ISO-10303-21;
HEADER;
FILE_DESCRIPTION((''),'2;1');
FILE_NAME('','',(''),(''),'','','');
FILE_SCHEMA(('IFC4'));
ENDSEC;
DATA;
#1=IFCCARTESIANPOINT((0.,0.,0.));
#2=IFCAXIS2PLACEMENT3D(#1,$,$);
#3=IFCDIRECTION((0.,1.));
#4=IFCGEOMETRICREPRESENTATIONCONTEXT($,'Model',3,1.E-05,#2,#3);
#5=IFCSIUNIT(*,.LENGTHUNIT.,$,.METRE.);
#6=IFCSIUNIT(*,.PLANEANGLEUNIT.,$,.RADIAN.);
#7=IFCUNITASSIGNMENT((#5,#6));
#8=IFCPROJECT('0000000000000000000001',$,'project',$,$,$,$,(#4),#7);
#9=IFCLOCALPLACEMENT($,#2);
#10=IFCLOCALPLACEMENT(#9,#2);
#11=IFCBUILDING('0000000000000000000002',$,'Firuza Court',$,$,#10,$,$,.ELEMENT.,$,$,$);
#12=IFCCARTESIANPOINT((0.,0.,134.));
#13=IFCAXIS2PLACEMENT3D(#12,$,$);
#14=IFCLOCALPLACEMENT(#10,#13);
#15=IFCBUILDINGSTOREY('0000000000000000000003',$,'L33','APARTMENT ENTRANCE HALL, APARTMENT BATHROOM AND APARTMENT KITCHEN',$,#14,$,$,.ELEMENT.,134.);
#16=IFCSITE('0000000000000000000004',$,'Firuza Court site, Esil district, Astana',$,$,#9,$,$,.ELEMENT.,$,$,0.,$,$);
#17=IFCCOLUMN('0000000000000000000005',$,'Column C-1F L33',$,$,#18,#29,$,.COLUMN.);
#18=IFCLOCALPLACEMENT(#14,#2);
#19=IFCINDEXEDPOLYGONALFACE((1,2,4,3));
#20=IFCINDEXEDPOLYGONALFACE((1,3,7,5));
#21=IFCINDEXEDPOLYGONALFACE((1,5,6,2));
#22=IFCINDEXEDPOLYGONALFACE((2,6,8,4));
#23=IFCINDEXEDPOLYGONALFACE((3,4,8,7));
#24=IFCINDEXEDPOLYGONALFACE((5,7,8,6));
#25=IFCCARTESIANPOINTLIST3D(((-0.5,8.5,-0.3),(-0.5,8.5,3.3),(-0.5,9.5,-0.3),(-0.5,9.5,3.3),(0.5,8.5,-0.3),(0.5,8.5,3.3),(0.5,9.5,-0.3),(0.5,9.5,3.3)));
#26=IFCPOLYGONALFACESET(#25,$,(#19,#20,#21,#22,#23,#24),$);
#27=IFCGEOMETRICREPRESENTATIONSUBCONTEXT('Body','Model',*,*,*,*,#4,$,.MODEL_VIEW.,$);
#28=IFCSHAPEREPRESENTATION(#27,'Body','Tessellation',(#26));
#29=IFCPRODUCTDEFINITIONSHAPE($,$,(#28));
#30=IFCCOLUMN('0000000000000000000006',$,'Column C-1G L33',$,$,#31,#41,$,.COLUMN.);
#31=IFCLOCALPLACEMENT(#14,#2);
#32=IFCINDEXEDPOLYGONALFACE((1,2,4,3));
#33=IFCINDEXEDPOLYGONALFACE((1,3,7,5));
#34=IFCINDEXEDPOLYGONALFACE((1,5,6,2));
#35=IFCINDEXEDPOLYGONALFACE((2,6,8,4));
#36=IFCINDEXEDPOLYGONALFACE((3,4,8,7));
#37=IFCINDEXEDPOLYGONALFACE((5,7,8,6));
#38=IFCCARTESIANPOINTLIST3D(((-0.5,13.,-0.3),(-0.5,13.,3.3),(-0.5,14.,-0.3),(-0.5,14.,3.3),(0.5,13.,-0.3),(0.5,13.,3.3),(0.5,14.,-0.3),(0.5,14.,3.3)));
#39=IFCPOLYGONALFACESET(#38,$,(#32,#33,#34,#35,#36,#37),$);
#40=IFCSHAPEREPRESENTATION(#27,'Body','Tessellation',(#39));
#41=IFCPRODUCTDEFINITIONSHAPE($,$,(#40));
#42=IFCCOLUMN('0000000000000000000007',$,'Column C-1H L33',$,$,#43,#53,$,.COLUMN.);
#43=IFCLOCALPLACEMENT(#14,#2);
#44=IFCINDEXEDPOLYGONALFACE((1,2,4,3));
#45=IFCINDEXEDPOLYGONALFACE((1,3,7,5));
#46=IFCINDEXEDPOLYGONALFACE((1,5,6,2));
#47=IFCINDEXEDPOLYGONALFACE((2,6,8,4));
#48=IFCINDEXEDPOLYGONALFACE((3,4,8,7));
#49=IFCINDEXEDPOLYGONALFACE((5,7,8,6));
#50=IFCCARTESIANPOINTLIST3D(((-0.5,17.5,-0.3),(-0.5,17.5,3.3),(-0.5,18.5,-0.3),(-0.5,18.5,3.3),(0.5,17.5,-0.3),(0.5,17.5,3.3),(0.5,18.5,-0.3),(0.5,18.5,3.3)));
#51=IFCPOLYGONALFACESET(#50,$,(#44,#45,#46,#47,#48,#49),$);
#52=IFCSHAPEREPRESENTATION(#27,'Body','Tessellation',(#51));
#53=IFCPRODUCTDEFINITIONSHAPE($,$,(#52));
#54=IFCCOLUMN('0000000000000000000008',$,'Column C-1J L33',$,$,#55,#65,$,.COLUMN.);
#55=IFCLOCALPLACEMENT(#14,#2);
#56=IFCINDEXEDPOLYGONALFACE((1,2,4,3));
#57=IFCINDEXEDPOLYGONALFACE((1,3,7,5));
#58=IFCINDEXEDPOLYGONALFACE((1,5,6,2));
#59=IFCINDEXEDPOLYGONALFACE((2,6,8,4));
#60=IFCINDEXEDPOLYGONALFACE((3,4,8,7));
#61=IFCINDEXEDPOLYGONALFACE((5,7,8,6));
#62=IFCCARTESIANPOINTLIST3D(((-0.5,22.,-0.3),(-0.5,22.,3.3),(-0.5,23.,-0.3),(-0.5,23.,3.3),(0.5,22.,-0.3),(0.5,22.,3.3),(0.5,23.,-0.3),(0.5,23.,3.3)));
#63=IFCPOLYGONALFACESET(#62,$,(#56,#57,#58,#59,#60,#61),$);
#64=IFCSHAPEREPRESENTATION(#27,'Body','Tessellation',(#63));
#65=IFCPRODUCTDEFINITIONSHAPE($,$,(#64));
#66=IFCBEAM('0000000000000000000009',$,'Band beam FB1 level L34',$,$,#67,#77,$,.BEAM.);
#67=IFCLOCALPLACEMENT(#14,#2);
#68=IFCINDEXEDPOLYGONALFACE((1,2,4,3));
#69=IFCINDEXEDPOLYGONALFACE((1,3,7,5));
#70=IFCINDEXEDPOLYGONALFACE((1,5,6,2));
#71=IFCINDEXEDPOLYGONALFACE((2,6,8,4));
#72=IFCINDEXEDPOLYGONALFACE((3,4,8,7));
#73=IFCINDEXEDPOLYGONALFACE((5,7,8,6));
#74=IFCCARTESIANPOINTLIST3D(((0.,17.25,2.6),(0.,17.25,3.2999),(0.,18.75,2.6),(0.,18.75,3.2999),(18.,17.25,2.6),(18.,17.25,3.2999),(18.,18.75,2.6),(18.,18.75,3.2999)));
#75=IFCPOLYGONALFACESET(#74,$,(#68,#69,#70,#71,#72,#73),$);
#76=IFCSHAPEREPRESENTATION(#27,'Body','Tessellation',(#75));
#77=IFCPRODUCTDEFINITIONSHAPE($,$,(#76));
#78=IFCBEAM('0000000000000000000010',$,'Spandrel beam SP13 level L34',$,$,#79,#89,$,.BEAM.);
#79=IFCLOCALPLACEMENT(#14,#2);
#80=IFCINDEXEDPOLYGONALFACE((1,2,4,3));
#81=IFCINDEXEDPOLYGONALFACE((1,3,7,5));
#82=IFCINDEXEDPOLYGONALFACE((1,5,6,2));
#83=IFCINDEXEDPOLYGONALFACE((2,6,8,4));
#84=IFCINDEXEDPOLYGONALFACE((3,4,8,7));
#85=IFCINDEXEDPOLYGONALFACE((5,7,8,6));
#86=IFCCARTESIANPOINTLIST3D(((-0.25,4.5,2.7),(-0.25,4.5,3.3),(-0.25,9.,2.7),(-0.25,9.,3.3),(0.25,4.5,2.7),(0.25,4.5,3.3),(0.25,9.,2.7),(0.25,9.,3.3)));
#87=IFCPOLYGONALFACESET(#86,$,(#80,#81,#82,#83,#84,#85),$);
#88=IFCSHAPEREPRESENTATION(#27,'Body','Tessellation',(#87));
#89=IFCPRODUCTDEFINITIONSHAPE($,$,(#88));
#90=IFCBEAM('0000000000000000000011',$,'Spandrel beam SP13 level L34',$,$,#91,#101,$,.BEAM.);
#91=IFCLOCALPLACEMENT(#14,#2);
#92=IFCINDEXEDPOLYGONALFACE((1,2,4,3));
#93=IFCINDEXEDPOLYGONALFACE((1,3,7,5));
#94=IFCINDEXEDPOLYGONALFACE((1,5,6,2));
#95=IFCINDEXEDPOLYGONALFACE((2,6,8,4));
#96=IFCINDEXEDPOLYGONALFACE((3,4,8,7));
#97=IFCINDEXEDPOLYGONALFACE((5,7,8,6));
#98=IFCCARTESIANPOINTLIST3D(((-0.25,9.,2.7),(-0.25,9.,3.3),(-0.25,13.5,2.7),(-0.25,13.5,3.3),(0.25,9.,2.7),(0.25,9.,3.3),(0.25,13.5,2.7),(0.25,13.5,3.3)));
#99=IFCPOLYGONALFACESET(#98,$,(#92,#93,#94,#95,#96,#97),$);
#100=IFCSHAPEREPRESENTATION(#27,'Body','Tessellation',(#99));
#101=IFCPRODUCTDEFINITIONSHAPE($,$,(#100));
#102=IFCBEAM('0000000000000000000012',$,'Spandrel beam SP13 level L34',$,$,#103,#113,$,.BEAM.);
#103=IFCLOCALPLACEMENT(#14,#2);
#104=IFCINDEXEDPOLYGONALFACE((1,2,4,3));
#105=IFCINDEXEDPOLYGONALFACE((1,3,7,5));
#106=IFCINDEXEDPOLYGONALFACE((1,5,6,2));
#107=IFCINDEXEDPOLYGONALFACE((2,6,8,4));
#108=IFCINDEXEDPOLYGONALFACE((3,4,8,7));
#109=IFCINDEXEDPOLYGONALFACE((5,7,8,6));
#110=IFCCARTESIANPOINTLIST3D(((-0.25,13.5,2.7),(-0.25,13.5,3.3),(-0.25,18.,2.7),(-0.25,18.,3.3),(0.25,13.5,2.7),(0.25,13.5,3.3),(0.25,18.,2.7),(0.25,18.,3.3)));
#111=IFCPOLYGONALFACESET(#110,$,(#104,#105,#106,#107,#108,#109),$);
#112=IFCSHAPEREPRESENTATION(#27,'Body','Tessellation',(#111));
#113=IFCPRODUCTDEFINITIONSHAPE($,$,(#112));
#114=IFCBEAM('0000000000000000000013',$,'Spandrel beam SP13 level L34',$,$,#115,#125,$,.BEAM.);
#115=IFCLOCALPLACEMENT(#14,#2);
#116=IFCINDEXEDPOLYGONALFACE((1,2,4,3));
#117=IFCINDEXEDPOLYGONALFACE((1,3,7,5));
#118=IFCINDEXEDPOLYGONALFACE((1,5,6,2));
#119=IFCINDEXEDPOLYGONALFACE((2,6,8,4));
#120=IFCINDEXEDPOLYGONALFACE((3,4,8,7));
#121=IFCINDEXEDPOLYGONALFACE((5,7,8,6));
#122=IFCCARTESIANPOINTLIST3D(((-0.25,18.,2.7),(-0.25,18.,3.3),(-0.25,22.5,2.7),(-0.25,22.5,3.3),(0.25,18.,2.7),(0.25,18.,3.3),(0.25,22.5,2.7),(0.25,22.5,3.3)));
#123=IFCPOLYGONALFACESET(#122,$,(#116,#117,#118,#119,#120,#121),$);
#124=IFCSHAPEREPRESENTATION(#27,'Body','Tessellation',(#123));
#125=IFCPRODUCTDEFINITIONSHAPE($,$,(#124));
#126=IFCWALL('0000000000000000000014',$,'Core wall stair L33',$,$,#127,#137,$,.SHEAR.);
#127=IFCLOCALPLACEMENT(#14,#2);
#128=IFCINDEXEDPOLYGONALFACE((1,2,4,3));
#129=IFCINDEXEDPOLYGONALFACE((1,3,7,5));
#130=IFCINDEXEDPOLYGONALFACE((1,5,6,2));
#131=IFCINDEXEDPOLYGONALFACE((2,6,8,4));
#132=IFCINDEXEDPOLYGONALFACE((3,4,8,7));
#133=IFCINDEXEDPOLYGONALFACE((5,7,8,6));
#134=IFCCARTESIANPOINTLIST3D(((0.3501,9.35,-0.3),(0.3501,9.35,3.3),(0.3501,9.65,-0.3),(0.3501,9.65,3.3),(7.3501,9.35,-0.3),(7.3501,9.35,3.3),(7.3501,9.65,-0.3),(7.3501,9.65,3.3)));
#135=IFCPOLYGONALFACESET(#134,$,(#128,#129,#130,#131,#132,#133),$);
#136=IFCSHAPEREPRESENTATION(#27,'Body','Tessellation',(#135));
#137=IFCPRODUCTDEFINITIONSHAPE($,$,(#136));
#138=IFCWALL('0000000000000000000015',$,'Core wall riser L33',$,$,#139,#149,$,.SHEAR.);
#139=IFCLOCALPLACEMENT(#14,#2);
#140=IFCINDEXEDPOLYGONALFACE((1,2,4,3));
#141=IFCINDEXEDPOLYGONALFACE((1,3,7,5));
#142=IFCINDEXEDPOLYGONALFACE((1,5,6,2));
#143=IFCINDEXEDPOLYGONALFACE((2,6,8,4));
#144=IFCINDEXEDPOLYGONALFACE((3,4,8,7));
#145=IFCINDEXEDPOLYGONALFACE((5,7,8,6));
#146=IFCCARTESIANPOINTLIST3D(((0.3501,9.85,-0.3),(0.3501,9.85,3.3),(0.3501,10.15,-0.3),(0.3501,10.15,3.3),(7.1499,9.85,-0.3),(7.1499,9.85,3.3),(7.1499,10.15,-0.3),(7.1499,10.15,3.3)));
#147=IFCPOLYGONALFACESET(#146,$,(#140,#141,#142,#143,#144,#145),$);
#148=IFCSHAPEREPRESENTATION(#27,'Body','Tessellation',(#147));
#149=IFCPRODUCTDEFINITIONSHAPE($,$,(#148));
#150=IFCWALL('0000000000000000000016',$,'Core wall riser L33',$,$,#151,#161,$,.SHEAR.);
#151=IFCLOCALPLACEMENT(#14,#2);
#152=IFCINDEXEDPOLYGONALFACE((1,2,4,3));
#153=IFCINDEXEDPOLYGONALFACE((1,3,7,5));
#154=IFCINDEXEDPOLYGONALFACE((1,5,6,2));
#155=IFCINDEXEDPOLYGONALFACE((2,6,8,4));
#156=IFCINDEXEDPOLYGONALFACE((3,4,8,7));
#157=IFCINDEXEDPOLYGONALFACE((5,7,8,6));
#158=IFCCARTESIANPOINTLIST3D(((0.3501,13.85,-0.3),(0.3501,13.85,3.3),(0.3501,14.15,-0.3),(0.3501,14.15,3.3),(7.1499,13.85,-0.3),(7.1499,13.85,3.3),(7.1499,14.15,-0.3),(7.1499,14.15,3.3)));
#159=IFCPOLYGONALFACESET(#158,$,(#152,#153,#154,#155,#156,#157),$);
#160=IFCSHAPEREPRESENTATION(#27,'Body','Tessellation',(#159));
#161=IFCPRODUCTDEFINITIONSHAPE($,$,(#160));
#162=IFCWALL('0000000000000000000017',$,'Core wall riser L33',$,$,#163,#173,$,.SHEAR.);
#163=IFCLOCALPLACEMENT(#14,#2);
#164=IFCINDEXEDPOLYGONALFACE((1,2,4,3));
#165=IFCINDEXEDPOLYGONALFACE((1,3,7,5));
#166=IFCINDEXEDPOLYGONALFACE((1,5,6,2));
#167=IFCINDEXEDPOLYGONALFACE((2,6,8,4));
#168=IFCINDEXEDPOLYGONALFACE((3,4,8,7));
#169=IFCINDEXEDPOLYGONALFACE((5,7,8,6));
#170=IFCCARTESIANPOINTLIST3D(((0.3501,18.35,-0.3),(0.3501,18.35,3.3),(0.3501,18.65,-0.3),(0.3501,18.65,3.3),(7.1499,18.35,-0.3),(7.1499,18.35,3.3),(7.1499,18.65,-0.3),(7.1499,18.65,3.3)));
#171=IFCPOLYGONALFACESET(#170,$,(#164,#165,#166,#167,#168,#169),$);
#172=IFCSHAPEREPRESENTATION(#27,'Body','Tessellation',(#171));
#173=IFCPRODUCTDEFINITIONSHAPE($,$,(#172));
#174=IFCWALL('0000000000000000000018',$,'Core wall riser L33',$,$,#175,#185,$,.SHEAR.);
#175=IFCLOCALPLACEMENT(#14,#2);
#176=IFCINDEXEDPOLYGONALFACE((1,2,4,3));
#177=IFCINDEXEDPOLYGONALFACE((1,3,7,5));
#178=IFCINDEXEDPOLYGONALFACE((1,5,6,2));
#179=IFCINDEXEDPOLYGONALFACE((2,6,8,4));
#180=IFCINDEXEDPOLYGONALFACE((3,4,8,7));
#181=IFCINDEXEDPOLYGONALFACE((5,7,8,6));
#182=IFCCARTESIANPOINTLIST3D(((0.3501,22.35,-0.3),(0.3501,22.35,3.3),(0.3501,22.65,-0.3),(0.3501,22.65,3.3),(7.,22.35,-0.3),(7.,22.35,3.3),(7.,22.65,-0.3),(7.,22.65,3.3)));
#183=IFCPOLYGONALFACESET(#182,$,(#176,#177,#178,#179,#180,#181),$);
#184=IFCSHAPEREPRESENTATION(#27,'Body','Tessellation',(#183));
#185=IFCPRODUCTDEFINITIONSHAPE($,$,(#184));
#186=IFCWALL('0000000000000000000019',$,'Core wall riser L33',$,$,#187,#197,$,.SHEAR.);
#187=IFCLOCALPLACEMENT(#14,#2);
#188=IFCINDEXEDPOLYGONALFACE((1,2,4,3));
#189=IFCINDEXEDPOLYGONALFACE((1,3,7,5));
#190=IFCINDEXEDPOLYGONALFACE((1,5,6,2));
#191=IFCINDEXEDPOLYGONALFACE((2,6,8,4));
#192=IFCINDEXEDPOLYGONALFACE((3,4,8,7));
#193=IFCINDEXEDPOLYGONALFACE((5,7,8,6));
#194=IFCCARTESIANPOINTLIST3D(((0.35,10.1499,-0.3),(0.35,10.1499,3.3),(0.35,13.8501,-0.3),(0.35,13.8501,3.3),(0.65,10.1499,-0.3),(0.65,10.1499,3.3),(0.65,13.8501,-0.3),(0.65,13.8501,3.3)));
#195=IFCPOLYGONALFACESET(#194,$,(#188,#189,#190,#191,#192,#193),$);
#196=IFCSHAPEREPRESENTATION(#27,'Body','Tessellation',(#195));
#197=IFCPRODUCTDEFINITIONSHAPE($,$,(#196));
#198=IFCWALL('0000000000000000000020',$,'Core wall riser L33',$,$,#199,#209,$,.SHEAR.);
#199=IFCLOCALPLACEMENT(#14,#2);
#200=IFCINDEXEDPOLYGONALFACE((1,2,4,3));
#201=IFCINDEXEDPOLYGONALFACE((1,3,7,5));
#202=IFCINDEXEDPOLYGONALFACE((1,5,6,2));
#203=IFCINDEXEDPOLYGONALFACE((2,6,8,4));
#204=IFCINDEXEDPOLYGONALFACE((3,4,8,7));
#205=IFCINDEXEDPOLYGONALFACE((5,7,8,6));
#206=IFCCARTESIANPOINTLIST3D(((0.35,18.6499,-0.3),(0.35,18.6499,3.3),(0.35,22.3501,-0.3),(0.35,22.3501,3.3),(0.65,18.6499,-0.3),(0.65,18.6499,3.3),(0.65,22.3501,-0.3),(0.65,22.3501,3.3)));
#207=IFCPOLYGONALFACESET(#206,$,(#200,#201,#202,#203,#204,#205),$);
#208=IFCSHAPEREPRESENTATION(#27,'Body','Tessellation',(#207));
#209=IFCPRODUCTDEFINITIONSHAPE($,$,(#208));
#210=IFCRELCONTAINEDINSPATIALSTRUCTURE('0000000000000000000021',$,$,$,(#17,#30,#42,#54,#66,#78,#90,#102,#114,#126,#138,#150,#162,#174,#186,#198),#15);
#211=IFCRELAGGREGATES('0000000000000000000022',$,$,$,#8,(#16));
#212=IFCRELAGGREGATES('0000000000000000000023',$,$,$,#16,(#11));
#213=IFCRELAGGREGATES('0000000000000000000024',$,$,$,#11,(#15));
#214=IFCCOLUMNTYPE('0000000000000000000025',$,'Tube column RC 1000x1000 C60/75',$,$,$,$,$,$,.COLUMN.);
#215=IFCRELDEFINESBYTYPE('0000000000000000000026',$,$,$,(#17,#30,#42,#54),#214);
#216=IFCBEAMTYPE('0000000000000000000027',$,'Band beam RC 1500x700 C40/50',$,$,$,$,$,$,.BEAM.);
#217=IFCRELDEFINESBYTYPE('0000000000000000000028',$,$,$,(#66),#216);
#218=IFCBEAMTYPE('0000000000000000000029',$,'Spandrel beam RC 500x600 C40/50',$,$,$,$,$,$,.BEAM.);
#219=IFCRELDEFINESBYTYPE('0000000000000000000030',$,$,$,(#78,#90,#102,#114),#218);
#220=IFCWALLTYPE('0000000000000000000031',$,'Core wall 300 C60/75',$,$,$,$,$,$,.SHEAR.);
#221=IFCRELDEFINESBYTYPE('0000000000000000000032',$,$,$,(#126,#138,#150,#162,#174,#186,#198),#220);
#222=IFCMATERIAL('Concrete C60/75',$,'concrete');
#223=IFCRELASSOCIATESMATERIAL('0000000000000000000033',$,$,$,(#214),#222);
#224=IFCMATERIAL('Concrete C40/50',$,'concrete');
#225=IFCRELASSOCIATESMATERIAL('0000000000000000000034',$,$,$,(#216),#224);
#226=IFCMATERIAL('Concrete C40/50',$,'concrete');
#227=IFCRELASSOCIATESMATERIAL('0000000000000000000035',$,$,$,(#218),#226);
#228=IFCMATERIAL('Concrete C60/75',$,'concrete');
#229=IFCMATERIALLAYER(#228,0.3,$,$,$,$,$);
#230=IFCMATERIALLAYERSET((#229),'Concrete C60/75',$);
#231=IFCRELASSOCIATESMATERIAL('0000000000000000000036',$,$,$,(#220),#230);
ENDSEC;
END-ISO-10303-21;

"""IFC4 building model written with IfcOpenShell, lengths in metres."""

from ifc_helpers import new_model, si_unit, direction, frame, frame_2d, origin, origin_2d, place, context, subcontext, project, spatial, rectangle, extrude, material, layer, layer_set, material_profile, profile_set, type_object, element, save


model = new_model("IFC4")

# Units and contexts
model_context = context("Model", 3, precision=1e-05, world=origin(), true_north=direction((0.0, 1.0)))
body_context = subcontext(model_context, "Body", "Model", "MODEL_VIEW")
ifc_project = project(units=[si_unit("LENGTHUNIT", "METRE"), si_unit("PLANEANGLEUNIT", "RADIAN")], contexts=[model_context])

# Site, building, storey
site_placement = place(None, origin())
site = spatial("IfcSite", under=ifc_project, at=site_placement, Name="Firuza Court site, Esil district, Astana", CompositionType="ELEMENT", RefElevation=0.0)
building_placement = place(site_placement, origin())
building = spatial("IfcBuilding", under=site, at=building_placement, Name="Firuza Court", CompositionType="ELEMENT")
storey_placement = place(building_placement, frame((0.0, 0.0, 134.0)))
storey = spatial("IfcBuildingStorey", under=building, at=storey_placement, Name="L33", Description="APARTMENT ENTRANCE HALL, APARTMENT BATHROOM AND APARTMENT KITCHEN", CompositionType="ELEMENT", Elevation=134.0)

# Columns
ifc_material_1 = material(Name="Concrete C60/75", Category="concrete")
ifc_material_profile_1 = material_profile(ifc_material_1, rectangle(XDim=1.0, YDim=1.0, at=origin_2d()), Name="RC 1000x1000")
ifc_profile_set_1 = profile_set([ifc_material_profile_1], Name="Concrete C60/75")
column_type = type_object("IfcColumnType", Name="Tube column RC 1000x1000 C60/75", PredefinedType="COLUMN", material=ifc_profile_set_1)
for number, where, z_axis, x_axis, name in (
    (1, (0.0, 9.0, -0.3), (0.0, 0.0, 1.0), (1.0, 0.0, 0.0), "Column C-1F L33"),
    (2, (0.0, 13.5, -0.3), (0.0, 0.0, 1.0), (1.0, 0.0, 0.0), "Column C-1G L33"),
    (3, (0.0, 18.0, -0.3), (0.0, 0.0, 1.0), (1.0, 0.0, 0.0), "Column C-1H L33"),
    (4, (0.0, 22.5, -0.3), (0.0, 0.0, 1.0), (1.0, 0.0, 0.0), "Column C-1J L33"),
):
    element("IfcColumn", number, at=place(storey_placement, frame(where, z_axis=z_axis, x_axis=x_axis)), inside=storey, type_object=column_type, Name=name, PredefinedType="COLUMN", context=body_context, shape_type="SweptSolid", body=[
        extrude(rectangle(XDim=1.0, YDim=1.0, at=origin_2d()), origin(), (0.0, 0.0, 1.0), 3.6001),
    ])

# Beams
ifc_material_2 = material(Name="Concrete C40/50", Category="concrete")
ifc_material_profile_2 = material_profile(ifc_material_2, rectangle(XDim=1.5, YDim=0.7, at=origin_2d()), Name="RC 1500x700")
ifc_profile_set_2 = profile_set([ifc_material_profile_2], Name="Concrete C40/50")
beam_type_1 = type_object("IfcBeamType", Name="Band beam RC 1500x700 C40/50", PredefinedType="BEAM", material=ifc_profile_set_2)
beam_placement = place(storey_placement, frame((0.0, 18.0, 2.95), z_axis=(1.0, 0.0, 0.0), x_axis=(0.0, 1.0, 0.0)))
element("IfcBeam", 5, at=beam_placement, inside=storey, type_object=beam_type_1, Name="Band beam FB1 level L34", PredefinedType="BEAM", context=body_context, shape_type="SweptSolid", body=[
    extrude(rectangle(XDim=1.5, YDim=0.7, at=origin_2d()), origin(), (0.0, 0.0, 1.0), 18.0),
])
ifc_material_3 = material(Name="Concrete C40/50", Category="concrete")
ifc_material_profile_3 = material_profile(ifc_material_3, rectangle(XDim=0.5, YDim=0.6001, at=origin_2d()), Name="RC 500x600")
ifc_profile_set_3 = profile_set([ifc_material_profile_3], Name="Concrete C40/50")
beam_type_2 = type_object("IfcBeamType", Name="Spandrel beam RC 500x600 C40/50", PredefinedType="BEAM", material=ifc_profile_set_3)
for number, where, z_axis, x_axis, name in (
    (6, (0.0, 9.0, 3.0), (0.0, -1.0, 0.0), (1.0, 0.0, 0.0), "Spandrel beam SP13 level L34"),
    (7, (0.0, 13.5, 3.0), (0.0, -1.0, 0.0), (1.0, 0.0, 0.0), "Spandrel beam SP13 level L34"),
    (8, (0.0, 18.0, 3.0), (0.0, -1.0, 0.0), (1.0, 0.0, 0.0), "Spandrel beam SP13 level L34"),
    (9, (0.0, 22.5, 3.0), (0.0, -1.0, 0.0), (1.0, 0.0, 0.0), "Spandrel beam SP13 level L34"),
):
    element("IfcBeam", number, at=place(storey_placement, frame(where, z_axis=z_axis, x_axis=x_axis)), inside=storey, type_object=beam_type_2, Name=name, PredefinedType="BEAM", context=body_context, shape_type="SweptSolid", body=[
        extrude(rectangle(XDim=0.5, YDim=0.6001, at=origin_2d()), origin(), (0.0, 0.0, 1.0), 4.5),
    ])

# Walls
ifc_material_4 = material(Name="Concrete C60/75", Category="concrete")
ifc_layer_1 = layer(ifc_material_4, 0.3)
ifc_layer_set_1 = layer_set([ifc_layer_1], Name="Concrete C60/75")
wall_type_1 = type_object("IfcWallType", Name="Core wall 300 C60/75", PredefinedType="SHEAR", material=ifc_layer_set_1)
wall_1_placement = place(storey_placement, frame((0.3501, 9.5, -0.3), z_axis=(0.0, 0.0, 1.0), x_axis=(1.0, 0.0, 0.0)))
element("IfcWall", 10, at=wall_1_placement, inside=storey, type_object=wall_type_1, Name="Core wall stair L33", PredefinedType="SHEAR", context=body_context, shape_type="SweptSolid", body=[
    extrude(rectangle(XDim=7.0, YDim=0.3, at=frame_2d((3.5, 0.0))), origin(), (0.0, 0.0, 1.0), 3.6001),
])
for number, where, z_axis, x_axis, name in (
    (11, (0.3501, 10.0, -0.3), (0.0, 0.0, 1.0), (1.0, 0.0, 0.0), "Core wall riser L33"),
    (12, (0.3501, 14.0, -0.3), (0.0, 0.0, 1.0), (1.0, 0.0, 0.0), "Core wall riser L33"),
    (13, (0.3501, 18.5, -0.3), (0.0, 0.0, 1.0), (1.0, 0.0, 0.0), "Core wall riser L33"),
):
    element("IfcWall", number, at=place(storey_placement, frame(where, z_axis=z_axis, x_axis=x_axis)), inside=storey, type_object=wall_type_1, Name=name, PredefinedType="SHEAR", context=body_context, shape_type="SweptSolid", body=[
        extrude(rectangle(XDim=6.7998, YDim=0.3, at=frame_2d((3.3999, 0.0))), origin(), (0.0, 0.0, 1.0), 3.6001),
    ])
wall_2_placement = place(storey_placement, frame((0.3501, 22.5, -0.3), z_axis=(0.0, 0.0, 1.0), x_axis=(1.0, 0.0, 0.0)))
element("IfcWall", 14, at=wall_2_placement, inside=storey, type_object=wall_type_1, Name="Core wall riser L33", PredefinedType="SHEAR", context=body_context, shape_type="SweptSolid", body=[
    extrude(rectangle(XDim=6.6499, YDim=0.3, at=frame_2d((3.325, 0.0))), origin(), (0.0, 0.0, 1.0), 3.6001),
])
for number, where, z_axis, x_axis, name in (
    (15, (0.5, 10.1499, -0.3), (0.0, 0.0, 1.0), (0.0, 1.0, 0.0), "Core wall riser L33"),
    (16, (0.5, 18.6499, -0.3), (0.0, 0.0, 1.0), (0.0, 1.0, 0.0), "Core wall riser L33"),
):
    element("IfcWall", number, at=place(storey_placement, frame(where, z_axis=z_axis, x_axis=x_axis)), inside=storey, type_object=wall_type_1, Name=name, PredefinedType="SHEAR", context=body_context, shape_type="SweptSolid", body=[
        extrude(rectangle(XDim=3.7002, YDim=0.3, at=frame_2d((1.8501, 0.0))), origin(), (0.0, 0.0, 1.0), 3.6001),
    ])

save(model, "model.ifc")
